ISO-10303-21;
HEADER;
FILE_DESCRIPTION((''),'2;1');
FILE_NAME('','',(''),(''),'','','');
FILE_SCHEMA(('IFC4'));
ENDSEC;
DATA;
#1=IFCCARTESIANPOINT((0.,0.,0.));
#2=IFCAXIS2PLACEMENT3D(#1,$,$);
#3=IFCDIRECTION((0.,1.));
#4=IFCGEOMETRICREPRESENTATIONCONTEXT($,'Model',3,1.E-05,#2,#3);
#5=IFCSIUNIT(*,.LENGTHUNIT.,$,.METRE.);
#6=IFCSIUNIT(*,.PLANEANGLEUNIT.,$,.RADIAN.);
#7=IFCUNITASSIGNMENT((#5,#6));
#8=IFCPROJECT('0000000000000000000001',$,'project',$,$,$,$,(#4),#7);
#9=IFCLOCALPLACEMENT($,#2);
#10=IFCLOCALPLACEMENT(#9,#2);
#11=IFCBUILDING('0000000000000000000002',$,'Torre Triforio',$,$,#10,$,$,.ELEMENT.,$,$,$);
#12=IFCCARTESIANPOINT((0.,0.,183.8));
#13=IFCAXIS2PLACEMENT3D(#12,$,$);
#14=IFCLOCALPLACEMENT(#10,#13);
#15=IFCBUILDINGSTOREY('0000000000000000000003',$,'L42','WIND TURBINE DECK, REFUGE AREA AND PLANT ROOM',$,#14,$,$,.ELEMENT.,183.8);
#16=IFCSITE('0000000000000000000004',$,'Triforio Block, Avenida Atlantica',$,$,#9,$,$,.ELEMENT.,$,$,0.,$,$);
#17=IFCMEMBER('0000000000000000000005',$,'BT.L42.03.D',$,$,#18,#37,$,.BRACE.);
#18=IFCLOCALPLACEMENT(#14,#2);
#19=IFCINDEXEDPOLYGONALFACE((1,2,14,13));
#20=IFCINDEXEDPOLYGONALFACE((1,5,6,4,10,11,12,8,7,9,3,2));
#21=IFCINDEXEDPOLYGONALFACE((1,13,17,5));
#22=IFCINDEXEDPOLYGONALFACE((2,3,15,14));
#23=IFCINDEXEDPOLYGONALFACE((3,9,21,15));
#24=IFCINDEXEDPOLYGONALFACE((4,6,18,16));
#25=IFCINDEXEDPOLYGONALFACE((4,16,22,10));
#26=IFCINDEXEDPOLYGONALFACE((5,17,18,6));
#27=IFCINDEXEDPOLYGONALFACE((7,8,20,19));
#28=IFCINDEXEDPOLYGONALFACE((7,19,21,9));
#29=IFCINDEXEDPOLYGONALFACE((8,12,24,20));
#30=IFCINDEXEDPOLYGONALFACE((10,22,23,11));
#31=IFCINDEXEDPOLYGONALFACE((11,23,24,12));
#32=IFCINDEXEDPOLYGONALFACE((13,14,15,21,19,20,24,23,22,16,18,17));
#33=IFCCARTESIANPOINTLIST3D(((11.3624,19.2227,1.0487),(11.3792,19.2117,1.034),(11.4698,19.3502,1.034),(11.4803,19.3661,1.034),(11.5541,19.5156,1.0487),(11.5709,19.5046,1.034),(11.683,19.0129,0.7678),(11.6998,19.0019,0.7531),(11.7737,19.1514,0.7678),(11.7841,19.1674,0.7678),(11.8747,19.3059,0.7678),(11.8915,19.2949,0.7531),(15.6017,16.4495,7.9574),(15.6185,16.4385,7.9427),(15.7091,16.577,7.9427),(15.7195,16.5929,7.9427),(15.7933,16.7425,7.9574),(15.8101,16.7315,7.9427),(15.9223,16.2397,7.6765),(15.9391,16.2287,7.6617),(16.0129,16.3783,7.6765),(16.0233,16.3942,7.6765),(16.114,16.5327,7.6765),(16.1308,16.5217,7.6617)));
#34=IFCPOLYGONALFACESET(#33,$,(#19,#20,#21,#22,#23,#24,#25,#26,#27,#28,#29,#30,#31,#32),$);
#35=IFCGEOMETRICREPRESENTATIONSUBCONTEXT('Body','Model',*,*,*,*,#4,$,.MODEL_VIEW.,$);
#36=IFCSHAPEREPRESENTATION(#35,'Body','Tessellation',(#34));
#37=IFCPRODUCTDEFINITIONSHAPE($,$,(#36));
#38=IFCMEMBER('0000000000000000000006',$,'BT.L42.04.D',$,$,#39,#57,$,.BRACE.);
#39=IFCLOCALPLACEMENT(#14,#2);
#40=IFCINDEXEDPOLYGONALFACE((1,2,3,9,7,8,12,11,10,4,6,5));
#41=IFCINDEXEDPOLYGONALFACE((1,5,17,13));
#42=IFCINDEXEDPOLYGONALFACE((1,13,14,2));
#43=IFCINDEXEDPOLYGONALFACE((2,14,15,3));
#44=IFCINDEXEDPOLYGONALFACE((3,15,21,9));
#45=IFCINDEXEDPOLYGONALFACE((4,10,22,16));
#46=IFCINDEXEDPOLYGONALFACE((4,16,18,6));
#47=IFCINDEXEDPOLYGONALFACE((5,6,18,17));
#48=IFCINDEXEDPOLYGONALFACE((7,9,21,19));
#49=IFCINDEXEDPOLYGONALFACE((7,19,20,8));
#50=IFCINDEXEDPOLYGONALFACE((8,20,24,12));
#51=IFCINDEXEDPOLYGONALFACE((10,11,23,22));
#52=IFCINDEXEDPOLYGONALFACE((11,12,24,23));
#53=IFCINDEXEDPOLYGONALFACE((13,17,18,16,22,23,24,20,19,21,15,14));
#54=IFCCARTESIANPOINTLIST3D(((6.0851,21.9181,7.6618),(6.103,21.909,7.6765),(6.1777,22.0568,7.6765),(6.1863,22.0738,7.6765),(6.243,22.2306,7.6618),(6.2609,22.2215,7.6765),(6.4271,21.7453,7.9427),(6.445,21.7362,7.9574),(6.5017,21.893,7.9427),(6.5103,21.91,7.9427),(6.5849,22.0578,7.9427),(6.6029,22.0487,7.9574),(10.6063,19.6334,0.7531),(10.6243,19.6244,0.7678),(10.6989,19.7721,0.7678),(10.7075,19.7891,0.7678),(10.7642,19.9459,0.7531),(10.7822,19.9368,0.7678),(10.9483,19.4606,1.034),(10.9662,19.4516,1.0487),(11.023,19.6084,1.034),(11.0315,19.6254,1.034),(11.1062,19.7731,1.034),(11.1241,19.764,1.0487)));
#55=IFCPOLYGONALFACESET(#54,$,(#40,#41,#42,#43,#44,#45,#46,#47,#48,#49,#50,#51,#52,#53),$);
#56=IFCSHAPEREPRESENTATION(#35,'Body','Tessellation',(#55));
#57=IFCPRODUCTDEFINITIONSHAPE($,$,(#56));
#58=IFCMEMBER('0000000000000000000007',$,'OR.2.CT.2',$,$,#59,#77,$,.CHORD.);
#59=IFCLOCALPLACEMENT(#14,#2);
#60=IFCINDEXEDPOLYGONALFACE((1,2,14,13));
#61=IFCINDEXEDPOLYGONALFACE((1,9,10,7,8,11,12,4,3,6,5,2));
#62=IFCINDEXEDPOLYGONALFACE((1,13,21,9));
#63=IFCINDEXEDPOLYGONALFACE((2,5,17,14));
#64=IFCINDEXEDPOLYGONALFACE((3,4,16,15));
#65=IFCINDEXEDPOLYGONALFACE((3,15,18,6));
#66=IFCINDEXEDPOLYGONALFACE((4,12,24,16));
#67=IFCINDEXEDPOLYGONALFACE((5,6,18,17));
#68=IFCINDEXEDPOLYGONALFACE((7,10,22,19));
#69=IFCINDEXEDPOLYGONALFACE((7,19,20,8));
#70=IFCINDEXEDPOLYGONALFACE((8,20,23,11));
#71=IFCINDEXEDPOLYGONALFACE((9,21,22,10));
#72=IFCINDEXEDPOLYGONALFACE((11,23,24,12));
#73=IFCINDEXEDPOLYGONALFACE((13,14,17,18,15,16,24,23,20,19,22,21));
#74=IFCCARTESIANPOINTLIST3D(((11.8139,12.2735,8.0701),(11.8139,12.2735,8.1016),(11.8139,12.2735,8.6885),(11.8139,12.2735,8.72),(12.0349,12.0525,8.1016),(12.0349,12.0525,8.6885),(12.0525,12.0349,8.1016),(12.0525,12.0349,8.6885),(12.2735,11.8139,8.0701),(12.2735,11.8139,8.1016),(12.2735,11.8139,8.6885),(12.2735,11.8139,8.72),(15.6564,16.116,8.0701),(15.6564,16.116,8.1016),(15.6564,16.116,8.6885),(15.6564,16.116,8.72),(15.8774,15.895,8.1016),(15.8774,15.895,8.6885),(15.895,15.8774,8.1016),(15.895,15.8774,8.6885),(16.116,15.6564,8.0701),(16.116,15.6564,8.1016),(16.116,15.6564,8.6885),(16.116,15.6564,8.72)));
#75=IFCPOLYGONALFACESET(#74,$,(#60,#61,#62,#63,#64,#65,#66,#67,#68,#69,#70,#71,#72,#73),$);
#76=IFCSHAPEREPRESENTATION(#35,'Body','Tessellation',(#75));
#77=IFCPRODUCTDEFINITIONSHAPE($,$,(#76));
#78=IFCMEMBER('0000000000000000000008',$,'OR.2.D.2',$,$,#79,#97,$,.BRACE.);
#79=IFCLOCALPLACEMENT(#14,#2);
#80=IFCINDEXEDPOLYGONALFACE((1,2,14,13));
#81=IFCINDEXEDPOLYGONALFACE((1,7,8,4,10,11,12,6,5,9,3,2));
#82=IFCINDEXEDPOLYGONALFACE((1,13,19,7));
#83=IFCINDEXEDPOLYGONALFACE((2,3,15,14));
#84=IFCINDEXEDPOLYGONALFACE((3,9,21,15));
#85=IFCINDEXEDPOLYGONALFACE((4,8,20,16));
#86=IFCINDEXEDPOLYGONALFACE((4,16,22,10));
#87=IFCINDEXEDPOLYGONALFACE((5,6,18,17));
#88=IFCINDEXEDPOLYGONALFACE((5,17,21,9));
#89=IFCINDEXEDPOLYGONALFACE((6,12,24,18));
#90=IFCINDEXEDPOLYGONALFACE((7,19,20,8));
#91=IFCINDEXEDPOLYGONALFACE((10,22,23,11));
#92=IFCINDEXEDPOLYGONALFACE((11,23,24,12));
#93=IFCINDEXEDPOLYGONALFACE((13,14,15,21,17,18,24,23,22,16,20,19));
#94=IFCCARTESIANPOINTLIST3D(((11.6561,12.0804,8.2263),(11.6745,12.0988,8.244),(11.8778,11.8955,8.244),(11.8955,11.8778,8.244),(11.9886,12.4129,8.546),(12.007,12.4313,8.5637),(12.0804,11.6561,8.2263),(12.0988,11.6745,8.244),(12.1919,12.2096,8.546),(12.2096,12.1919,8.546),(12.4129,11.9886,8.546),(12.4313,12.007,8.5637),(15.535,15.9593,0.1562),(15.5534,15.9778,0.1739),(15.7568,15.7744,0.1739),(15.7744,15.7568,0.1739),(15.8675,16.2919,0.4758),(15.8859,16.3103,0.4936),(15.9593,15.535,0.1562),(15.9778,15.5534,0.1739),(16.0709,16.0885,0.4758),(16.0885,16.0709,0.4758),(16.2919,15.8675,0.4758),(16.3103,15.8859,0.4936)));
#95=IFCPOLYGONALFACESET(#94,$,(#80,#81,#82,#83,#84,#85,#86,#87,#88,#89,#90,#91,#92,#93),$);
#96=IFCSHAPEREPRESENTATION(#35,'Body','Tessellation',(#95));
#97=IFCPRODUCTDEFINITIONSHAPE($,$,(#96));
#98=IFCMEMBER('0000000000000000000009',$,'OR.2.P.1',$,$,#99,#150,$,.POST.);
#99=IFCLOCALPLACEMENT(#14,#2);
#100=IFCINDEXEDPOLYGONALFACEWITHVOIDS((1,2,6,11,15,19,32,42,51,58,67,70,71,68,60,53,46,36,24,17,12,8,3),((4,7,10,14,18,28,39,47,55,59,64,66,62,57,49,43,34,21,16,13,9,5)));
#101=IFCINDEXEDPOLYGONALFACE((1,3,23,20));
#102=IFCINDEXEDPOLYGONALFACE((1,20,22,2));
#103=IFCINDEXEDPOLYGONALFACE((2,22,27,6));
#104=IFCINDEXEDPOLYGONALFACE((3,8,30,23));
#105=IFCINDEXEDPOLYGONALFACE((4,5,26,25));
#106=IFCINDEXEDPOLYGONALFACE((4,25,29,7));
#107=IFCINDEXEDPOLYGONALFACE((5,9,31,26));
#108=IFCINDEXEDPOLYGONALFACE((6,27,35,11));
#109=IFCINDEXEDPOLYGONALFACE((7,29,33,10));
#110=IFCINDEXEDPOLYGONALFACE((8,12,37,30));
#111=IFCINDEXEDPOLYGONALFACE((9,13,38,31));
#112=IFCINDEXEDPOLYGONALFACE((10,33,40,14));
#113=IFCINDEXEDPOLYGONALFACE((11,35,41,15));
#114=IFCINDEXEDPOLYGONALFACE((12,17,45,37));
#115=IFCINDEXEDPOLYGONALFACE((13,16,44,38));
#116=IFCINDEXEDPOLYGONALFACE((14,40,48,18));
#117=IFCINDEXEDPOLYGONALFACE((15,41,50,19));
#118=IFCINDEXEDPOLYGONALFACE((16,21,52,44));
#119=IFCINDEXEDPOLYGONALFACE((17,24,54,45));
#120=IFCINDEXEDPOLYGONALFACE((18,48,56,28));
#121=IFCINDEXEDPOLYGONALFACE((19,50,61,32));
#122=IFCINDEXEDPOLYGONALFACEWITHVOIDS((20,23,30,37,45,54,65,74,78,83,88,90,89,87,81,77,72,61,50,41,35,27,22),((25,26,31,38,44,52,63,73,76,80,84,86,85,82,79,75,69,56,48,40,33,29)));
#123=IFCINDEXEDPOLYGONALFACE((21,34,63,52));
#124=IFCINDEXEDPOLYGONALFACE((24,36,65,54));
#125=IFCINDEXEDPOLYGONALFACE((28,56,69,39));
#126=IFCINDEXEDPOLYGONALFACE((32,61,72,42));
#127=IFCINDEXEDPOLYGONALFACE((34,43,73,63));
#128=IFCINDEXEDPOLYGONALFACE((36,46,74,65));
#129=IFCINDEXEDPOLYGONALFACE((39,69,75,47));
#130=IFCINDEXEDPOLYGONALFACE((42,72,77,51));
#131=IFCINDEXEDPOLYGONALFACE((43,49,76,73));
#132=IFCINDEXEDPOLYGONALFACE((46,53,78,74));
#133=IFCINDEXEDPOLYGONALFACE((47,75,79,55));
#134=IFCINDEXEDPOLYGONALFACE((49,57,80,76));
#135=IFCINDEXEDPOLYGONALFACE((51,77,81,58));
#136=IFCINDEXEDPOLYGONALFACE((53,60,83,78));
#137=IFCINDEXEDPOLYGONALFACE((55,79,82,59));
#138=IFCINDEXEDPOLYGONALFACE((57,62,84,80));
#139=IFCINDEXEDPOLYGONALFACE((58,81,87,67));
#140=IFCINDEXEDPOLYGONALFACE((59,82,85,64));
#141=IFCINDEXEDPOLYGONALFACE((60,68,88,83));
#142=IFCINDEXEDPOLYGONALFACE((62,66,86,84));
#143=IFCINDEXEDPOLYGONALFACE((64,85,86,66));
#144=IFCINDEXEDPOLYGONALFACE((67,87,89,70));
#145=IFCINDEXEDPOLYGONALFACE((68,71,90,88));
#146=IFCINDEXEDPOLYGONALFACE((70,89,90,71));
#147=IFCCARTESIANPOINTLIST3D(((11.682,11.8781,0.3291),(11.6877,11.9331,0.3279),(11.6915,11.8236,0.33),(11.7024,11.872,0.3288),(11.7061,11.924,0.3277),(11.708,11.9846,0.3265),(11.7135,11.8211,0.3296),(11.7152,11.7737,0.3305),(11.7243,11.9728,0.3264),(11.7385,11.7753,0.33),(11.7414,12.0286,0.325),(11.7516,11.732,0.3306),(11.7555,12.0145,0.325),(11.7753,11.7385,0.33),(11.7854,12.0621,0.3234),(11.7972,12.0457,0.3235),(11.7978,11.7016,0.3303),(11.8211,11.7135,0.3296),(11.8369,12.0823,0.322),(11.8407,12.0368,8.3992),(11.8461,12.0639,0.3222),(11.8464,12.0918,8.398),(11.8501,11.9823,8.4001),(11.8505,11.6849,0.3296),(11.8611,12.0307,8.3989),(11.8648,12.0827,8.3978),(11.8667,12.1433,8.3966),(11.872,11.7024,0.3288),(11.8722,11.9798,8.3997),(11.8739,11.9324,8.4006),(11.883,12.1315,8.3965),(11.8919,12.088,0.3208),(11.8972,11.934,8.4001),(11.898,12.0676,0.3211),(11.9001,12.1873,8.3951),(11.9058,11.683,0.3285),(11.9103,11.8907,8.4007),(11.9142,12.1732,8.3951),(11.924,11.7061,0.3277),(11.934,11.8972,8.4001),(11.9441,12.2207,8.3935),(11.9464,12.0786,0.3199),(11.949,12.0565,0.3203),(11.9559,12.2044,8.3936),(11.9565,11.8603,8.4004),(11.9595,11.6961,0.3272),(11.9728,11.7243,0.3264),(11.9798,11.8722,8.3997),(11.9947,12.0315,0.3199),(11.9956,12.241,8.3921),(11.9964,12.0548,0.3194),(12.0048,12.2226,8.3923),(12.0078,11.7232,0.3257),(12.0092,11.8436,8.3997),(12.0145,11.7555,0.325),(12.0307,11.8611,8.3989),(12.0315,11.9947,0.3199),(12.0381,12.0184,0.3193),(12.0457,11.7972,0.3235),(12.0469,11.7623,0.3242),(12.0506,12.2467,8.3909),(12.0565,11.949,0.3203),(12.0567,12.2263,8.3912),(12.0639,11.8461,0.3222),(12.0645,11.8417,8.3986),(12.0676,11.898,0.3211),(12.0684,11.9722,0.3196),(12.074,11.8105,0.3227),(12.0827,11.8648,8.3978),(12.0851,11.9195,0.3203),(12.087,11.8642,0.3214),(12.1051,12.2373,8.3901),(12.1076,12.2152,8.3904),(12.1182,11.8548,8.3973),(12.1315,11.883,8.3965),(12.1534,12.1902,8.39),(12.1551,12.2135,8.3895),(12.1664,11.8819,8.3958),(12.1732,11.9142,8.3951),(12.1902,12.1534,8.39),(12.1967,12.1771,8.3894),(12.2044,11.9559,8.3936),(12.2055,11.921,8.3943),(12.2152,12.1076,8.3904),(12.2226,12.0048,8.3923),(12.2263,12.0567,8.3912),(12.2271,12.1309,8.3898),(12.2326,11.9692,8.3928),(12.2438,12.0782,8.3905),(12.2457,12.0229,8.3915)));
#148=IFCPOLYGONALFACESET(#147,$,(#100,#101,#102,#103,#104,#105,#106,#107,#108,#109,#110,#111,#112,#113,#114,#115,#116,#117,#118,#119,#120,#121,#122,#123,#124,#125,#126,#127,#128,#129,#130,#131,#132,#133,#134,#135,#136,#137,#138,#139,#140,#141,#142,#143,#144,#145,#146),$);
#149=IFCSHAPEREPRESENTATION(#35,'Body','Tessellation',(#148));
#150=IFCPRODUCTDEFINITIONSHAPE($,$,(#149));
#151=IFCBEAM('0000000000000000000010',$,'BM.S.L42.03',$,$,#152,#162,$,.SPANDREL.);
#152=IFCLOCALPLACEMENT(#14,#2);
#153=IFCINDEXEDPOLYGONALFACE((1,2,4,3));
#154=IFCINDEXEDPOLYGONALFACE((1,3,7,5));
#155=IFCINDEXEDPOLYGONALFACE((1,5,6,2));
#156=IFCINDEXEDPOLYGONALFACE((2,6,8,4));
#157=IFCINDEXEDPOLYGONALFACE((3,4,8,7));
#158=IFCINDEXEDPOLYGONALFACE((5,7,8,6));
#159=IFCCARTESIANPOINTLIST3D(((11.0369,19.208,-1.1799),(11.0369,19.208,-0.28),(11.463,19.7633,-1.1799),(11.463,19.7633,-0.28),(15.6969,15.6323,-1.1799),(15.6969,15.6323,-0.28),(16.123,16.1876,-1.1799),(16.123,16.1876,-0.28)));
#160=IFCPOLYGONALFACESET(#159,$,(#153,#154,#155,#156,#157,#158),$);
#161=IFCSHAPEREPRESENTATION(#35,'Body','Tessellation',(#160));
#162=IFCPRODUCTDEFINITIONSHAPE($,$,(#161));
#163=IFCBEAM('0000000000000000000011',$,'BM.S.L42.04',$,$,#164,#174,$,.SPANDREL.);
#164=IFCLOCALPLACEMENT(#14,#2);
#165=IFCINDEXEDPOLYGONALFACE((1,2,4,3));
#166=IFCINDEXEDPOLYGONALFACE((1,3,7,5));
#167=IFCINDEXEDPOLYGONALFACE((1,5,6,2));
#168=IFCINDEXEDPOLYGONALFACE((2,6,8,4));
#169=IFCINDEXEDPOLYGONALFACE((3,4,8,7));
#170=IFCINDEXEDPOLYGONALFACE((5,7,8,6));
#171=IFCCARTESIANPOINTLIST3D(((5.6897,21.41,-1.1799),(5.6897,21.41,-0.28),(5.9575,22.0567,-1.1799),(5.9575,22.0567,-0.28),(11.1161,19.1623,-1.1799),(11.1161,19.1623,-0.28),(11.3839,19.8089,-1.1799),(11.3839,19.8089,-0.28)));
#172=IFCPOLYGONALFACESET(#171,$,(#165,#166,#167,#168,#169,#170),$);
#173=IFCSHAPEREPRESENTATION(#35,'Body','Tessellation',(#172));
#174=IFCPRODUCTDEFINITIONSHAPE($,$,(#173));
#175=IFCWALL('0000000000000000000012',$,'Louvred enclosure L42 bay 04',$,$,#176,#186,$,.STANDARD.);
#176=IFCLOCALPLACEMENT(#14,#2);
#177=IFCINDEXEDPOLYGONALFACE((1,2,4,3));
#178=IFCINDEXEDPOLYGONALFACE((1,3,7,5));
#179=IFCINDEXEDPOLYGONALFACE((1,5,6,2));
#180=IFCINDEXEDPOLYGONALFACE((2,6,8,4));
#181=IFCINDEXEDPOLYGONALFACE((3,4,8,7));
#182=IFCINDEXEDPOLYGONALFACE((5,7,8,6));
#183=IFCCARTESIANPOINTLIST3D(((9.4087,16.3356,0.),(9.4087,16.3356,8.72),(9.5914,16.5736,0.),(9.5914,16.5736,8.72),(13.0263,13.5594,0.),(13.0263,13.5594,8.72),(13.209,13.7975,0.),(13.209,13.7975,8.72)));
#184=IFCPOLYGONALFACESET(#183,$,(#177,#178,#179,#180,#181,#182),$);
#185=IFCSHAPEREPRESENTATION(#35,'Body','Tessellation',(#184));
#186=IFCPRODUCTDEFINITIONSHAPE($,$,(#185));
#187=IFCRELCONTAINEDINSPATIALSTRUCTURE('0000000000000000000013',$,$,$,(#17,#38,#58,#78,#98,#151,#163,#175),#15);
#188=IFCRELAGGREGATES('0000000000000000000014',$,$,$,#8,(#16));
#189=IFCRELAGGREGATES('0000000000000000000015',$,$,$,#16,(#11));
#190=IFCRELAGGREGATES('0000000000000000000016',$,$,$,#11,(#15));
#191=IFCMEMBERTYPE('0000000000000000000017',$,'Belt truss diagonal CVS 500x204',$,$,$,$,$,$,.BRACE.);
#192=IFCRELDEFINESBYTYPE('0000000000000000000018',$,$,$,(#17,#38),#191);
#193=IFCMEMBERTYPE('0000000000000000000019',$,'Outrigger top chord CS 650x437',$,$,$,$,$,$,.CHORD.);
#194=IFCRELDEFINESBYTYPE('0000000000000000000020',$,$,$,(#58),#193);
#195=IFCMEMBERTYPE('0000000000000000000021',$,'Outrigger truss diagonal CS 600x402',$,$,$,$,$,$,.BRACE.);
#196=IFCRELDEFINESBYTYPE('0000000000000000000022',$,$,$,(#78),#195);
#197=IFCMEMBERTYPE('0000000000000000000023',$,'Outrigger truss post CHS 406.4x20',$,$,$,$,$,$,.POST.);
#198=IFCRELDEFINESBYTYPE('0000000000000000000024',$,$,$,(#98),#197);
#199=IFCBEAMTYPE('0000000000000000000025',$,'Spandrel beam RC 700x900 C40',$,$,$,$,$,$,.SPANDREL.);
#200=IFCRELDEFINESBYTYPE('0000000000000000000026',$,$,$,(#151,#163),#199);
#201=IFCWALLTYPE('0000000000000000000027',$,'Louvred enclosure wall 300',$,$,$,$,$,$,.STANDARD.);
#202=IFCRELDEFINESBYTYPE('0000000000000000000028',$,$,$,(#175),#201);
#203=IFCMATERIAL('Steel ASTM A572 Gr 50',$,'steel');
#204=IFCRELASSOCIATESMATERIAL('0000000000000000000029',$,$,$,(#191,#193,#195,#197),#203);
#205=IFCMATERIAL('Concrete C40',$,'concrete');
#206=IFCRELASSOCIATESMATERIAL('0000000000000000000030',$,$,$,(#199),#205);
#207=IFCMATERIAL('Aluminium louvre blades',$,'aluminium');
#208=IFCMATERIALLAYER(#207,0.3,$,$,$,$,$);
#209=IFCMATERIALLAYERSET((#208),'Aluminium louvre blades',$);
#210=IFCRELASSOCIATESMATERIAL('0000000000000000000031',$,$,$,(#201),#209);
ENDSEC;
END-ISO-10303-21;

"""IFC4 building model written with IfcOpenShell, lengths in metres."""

from ifc_helpers import new_model, si_unit, direction, frame, frame_2d, origin, origin_2d, place, context, subcontext, project, spatial, rectangle, hollow_circle, i_section, extrude, material, layer, layer_set, material_profile, profile_set, type_object, element, save


model = new_model("IFC4")

# Units and contexts
model_context = context("Model", 3, precision=1e-05, world=origin(), true_north=direction((0.0, 1.0)))
body_context = subcontext(model_context, "Body", "Model", "MODEL_VIEW")
ifc_project = project(units=[si_unit("LENGTHUNIT", "METRE"), si_unit("PLANEANGLEUNIT", "RADIAN")], contexts=[model_context])

# Site, building, storey
site_placement = place(None, origin())
site = spatial("IfcSite", under=ifc_project, at=site_placement, Name="Triforio Block, Avenida Atlantica", CompositionType="ELEMENT", RefElevation=0.0)
building_placement = place(site_placement, origin())
building = spatial("IfcBuilding", under=site, at=building_placement, Name="Torre Triforio", CompositionType="ELEMENT")
storey_placement = place(building_placement, frame((0.0, 0.0, 183.8)))
storey = spatial("IfcBuildingStorey", under=building, at=storey_placement, Name="L42", Description="WIND TURBINE DECK, REFUGE AREA AND PLANT ROOM", CompositionType="ELEMENT", Elevation=183.8)

# Members
ifc_material_1 = material(Name="Steel ASTM A572 Gr 50", Category="steel")
ifc_material_profile_1 = material_profile(ifc_material_1, i_section(OverallWidth=0.3501, OverallDepth=0.5, WebThickness=0.019, FlangeThickness=0.0249, at=origin_2d()), Name="CVS 500x204")
ifc_profile_set_1 = profile_set([ifc_material_profile_1], Name="Steel ASTM A572 Gr 50")
member_type_1 = type_object("IfcMemberType", Name="Belt truss diagonal CVS 500x204", PredefinedType="BRACE", material=ifc_profile_set_1)
for number, where, z_axis, x_axis, name in (
    (1, (15.8662, 16.4856, 7.8096), (-0.494841, 0.32371, -0.806439), (-0.547439, -0.836846, 0.0), "BT.L42.03.D"),
    (2, (10.8652, 19.6987, 0.9009), (-0.527758, 0.266686, 0.806442), (-0.451007, -0.89252, 0.0), "BT.L42.04.D"),
):
    element("IfcMember", number, at=place(storey_placement, frame(where, z_axis=z_axis, x_axis=x_axis)), inside=storey, type_object=member_type_1, Name=name, PredefinedType="BRACE", context=body_context, shape_type="SweptSolid", body=[
        extrude(i_section(OverallWidth=0.3501, OverallDepth=0.5, WebThickness=0.019, FlangeThickness=0.0249, at=origin_2d()), origin(), (0.0, 0.0, 1.0), 8.5669),
    ])
ifc_material_profile_2 = material_profile(ifc_material_1, i_section(OverallWidth=0.6499, OverallDepth=0.6499, WebThickness=0.0249, FlangeThickness=0.0315, at=origin_2d()), Name="CS 650x437")
ifc_profile_set_2 = profile_set([ifc_material_profile_2], Name="Steel ASTM A572 Gr 50")
member_type_2 = type_object("IfcMemberType", Name="Outrigger top chord CS 650x437", PredefinedType="CHORD", material=ifc_profile_set_2)
member_1_placement = place(storey_placement, frame((12.0437, 12.0437, 8.395), z_axis=(0.707107, 0.707107, 0.0), x_axis=(-0.707107, 0.707107, 0.0)))
element("IfcMember", 3, at=member_1_placement, inside=storey, type_object=member_type_2, Name="OR.2.CT.2", PredefinedType="CHORD", context=body_context, shape_type="SweptSolid", body=[
    extrude(i_section(OverallWidth=0.6499, OverallDepth=0.6499, WebThickness=0.0249, FlangeThickness=0.0315, at=origin_2d()), origin(), (0.0, 0.0, 1.0), 5.4341),
])
ifc_material_profile_3 = material_profile(ifc_material_1, i_section(OverallWidth=0.6001, OverallDepth=0.6001, WebThickness=0.0249, FlangeThickness=0.0315, at=origin_2d()), Name="CS 600x402")
ifc_profile_set_3 = profile_set([ifc_material_profile_3], Name="Steel ASTM A572 Gr 50")
member_type_3 = type_object("IfcMemberType", Name="Outrigger truss diagonal CS 600x402", PredefinedType="BRACE", material=ifc_profile_set_3)
member_2_placement = place(storey_placement, frame((12.0437, 12.0437, 8.395), z_axis=(0.397512, 0.397512, -0.827024), x_axis=(-0.707107, 0.707107, 0.0)))
element("IfcMember", 4, at=member_2_placement, inside=storey, type_object=member_type_3, Name="OR.2.D.2", PredefinedType="BRACE", context=body_context, shape_type="SweptSolid", body=[
    extrude(i_section(OverallWidth=0.6001, OverallDepth=0.6001, WebThickness=0.0249, FlangeThickness=0.0315, at=origin_2d()), origin(), (0.0, 0.0, 1.0), 9.7581),
])
ifc_material_profile_4 = material_profile(ifc_material_1, hollow_circle(Radius=0.2031, WallThickness=0.02, at=origin_2d()), Name="CHS 406.4x20")
ifc_profile_set_4 = profile_set([ifc_material_profile_4], Name="Steel ASTM A572 Gr 50")
member_type_4 = type_object("IfcMemberType", Name="Outrigger truss post CHS 406.4x20", PredefinedType="POST", material=ifc_profile_set_4)
member_3_placement = place(storey_placement, frame((11.885, 11.885, 0.325), z_axis=(0.019657, 0.019657, 0.999614), x_axis=(-0.707107, 0.707107, 0.0)))
element("IfcMember", 5, at=member_3_placement, inside=storey, type_object=member_type_4, Name="OR.2.P.1", PredefinedType="POST", context=body_context, shape_type="SweptSolid", body=[
    extrude(hollow_circle(Radius=0.2031, WallThickness=0.02, at=origin_2d()), origin(), (0.0, 0.0, 1.0), 8.0732),
])

# Beams
ifc_material_2 = material(Name="Concrete C40", Category="concrete")
ifc_material_profile_5 = material_profile(ifc_material_2, rectangle(XDim=0.7, YDim=0.8999, at=origin_2d()), Name="RC 700x900")
ifc_profile_set_5 = profile_set([ifc_material_profile_5], Name="Concrete C40")
beam_type = type_object("IfcBeamType", Name="Spandrel beam RC 700x900 C40", PredefinedType="SPANDREL", material=ifc_profile_set_5)
beam_1_placement = place(storey_placement, frame((15.9099, 15.9099, -0.73), z_axis=(-0.793353, 0.608762, 0.0), x_axis=(-0.608762, -0.793353, 0.0)))
element("IfcBeam", 6, at=beam_1_placement, inside=storey, type_object=beam_type, Name="BM.S.L42.03", PredefinedType="SPANDREL", context=body_context, shape_type="SweptSolid", body=[
    extrude(rectangle(XDim=0.7, YDim=0.8999, at=origin_2d()), origin(), (0.0, 0.0, 1.0), 5.8738),
])
beam_2_placement = place(storey_placement, frame((11.25, 19.4856, -0.73), z_axis=(-0.923875, 0.382693, 0.0), x_axis=(-0.382693, -0.923875, 0.0)))
element("IfcBeam", 7, at=beam_2_placement, inside=storey, type_object=beam_type, Name="BM.S.L42.04", PredefinedType="SPANDREL", context=body_context, shape_type="SweptSolid", body=[
    extrude(rectangle(XDim=0.7, YDim=0.8999, at=origin_2d()), origin(), (0.0, 0.0, 1.0), 5.8735),
])

# Wall
ifc_material_3 = material(Name="Aluminium louvre blades", Category="aluminium")
ifc_layer_1 = layer(ifc_material_3, 0.3)
ifc_layer_set_1 = layer_set([ifc_layer_1], Name="Aluminium louvre blades")
wall_type = type_object("IfcWallType", Name="Louvred enclosure wall 300", PredefinedType="STANDARD", material=ifc_layer_set_1)
wall_placement = place(storey_placement, frame((13.1177, 13.6785, 0.0), z_axis=(0.0, 0.0, 1.0), x_axis=(-0.793334, 0.608787, 0.0)))
element("IfcWall", 8, at=wall_placement, inside=storey, type_object=wall_type, Name="Louvred enclosure L42 bay 04", PredefinedType="STANDARD", context=body_context, shape_type="SweptSolid", body=[
    extrude(rectangle(XDim=4.5601, YDim=0.3, at=frame_2d((2.28, 0.0))), origin(), (0.0, 0.0, 1.0), 8.72),
])

save(model, "model.ifc")
